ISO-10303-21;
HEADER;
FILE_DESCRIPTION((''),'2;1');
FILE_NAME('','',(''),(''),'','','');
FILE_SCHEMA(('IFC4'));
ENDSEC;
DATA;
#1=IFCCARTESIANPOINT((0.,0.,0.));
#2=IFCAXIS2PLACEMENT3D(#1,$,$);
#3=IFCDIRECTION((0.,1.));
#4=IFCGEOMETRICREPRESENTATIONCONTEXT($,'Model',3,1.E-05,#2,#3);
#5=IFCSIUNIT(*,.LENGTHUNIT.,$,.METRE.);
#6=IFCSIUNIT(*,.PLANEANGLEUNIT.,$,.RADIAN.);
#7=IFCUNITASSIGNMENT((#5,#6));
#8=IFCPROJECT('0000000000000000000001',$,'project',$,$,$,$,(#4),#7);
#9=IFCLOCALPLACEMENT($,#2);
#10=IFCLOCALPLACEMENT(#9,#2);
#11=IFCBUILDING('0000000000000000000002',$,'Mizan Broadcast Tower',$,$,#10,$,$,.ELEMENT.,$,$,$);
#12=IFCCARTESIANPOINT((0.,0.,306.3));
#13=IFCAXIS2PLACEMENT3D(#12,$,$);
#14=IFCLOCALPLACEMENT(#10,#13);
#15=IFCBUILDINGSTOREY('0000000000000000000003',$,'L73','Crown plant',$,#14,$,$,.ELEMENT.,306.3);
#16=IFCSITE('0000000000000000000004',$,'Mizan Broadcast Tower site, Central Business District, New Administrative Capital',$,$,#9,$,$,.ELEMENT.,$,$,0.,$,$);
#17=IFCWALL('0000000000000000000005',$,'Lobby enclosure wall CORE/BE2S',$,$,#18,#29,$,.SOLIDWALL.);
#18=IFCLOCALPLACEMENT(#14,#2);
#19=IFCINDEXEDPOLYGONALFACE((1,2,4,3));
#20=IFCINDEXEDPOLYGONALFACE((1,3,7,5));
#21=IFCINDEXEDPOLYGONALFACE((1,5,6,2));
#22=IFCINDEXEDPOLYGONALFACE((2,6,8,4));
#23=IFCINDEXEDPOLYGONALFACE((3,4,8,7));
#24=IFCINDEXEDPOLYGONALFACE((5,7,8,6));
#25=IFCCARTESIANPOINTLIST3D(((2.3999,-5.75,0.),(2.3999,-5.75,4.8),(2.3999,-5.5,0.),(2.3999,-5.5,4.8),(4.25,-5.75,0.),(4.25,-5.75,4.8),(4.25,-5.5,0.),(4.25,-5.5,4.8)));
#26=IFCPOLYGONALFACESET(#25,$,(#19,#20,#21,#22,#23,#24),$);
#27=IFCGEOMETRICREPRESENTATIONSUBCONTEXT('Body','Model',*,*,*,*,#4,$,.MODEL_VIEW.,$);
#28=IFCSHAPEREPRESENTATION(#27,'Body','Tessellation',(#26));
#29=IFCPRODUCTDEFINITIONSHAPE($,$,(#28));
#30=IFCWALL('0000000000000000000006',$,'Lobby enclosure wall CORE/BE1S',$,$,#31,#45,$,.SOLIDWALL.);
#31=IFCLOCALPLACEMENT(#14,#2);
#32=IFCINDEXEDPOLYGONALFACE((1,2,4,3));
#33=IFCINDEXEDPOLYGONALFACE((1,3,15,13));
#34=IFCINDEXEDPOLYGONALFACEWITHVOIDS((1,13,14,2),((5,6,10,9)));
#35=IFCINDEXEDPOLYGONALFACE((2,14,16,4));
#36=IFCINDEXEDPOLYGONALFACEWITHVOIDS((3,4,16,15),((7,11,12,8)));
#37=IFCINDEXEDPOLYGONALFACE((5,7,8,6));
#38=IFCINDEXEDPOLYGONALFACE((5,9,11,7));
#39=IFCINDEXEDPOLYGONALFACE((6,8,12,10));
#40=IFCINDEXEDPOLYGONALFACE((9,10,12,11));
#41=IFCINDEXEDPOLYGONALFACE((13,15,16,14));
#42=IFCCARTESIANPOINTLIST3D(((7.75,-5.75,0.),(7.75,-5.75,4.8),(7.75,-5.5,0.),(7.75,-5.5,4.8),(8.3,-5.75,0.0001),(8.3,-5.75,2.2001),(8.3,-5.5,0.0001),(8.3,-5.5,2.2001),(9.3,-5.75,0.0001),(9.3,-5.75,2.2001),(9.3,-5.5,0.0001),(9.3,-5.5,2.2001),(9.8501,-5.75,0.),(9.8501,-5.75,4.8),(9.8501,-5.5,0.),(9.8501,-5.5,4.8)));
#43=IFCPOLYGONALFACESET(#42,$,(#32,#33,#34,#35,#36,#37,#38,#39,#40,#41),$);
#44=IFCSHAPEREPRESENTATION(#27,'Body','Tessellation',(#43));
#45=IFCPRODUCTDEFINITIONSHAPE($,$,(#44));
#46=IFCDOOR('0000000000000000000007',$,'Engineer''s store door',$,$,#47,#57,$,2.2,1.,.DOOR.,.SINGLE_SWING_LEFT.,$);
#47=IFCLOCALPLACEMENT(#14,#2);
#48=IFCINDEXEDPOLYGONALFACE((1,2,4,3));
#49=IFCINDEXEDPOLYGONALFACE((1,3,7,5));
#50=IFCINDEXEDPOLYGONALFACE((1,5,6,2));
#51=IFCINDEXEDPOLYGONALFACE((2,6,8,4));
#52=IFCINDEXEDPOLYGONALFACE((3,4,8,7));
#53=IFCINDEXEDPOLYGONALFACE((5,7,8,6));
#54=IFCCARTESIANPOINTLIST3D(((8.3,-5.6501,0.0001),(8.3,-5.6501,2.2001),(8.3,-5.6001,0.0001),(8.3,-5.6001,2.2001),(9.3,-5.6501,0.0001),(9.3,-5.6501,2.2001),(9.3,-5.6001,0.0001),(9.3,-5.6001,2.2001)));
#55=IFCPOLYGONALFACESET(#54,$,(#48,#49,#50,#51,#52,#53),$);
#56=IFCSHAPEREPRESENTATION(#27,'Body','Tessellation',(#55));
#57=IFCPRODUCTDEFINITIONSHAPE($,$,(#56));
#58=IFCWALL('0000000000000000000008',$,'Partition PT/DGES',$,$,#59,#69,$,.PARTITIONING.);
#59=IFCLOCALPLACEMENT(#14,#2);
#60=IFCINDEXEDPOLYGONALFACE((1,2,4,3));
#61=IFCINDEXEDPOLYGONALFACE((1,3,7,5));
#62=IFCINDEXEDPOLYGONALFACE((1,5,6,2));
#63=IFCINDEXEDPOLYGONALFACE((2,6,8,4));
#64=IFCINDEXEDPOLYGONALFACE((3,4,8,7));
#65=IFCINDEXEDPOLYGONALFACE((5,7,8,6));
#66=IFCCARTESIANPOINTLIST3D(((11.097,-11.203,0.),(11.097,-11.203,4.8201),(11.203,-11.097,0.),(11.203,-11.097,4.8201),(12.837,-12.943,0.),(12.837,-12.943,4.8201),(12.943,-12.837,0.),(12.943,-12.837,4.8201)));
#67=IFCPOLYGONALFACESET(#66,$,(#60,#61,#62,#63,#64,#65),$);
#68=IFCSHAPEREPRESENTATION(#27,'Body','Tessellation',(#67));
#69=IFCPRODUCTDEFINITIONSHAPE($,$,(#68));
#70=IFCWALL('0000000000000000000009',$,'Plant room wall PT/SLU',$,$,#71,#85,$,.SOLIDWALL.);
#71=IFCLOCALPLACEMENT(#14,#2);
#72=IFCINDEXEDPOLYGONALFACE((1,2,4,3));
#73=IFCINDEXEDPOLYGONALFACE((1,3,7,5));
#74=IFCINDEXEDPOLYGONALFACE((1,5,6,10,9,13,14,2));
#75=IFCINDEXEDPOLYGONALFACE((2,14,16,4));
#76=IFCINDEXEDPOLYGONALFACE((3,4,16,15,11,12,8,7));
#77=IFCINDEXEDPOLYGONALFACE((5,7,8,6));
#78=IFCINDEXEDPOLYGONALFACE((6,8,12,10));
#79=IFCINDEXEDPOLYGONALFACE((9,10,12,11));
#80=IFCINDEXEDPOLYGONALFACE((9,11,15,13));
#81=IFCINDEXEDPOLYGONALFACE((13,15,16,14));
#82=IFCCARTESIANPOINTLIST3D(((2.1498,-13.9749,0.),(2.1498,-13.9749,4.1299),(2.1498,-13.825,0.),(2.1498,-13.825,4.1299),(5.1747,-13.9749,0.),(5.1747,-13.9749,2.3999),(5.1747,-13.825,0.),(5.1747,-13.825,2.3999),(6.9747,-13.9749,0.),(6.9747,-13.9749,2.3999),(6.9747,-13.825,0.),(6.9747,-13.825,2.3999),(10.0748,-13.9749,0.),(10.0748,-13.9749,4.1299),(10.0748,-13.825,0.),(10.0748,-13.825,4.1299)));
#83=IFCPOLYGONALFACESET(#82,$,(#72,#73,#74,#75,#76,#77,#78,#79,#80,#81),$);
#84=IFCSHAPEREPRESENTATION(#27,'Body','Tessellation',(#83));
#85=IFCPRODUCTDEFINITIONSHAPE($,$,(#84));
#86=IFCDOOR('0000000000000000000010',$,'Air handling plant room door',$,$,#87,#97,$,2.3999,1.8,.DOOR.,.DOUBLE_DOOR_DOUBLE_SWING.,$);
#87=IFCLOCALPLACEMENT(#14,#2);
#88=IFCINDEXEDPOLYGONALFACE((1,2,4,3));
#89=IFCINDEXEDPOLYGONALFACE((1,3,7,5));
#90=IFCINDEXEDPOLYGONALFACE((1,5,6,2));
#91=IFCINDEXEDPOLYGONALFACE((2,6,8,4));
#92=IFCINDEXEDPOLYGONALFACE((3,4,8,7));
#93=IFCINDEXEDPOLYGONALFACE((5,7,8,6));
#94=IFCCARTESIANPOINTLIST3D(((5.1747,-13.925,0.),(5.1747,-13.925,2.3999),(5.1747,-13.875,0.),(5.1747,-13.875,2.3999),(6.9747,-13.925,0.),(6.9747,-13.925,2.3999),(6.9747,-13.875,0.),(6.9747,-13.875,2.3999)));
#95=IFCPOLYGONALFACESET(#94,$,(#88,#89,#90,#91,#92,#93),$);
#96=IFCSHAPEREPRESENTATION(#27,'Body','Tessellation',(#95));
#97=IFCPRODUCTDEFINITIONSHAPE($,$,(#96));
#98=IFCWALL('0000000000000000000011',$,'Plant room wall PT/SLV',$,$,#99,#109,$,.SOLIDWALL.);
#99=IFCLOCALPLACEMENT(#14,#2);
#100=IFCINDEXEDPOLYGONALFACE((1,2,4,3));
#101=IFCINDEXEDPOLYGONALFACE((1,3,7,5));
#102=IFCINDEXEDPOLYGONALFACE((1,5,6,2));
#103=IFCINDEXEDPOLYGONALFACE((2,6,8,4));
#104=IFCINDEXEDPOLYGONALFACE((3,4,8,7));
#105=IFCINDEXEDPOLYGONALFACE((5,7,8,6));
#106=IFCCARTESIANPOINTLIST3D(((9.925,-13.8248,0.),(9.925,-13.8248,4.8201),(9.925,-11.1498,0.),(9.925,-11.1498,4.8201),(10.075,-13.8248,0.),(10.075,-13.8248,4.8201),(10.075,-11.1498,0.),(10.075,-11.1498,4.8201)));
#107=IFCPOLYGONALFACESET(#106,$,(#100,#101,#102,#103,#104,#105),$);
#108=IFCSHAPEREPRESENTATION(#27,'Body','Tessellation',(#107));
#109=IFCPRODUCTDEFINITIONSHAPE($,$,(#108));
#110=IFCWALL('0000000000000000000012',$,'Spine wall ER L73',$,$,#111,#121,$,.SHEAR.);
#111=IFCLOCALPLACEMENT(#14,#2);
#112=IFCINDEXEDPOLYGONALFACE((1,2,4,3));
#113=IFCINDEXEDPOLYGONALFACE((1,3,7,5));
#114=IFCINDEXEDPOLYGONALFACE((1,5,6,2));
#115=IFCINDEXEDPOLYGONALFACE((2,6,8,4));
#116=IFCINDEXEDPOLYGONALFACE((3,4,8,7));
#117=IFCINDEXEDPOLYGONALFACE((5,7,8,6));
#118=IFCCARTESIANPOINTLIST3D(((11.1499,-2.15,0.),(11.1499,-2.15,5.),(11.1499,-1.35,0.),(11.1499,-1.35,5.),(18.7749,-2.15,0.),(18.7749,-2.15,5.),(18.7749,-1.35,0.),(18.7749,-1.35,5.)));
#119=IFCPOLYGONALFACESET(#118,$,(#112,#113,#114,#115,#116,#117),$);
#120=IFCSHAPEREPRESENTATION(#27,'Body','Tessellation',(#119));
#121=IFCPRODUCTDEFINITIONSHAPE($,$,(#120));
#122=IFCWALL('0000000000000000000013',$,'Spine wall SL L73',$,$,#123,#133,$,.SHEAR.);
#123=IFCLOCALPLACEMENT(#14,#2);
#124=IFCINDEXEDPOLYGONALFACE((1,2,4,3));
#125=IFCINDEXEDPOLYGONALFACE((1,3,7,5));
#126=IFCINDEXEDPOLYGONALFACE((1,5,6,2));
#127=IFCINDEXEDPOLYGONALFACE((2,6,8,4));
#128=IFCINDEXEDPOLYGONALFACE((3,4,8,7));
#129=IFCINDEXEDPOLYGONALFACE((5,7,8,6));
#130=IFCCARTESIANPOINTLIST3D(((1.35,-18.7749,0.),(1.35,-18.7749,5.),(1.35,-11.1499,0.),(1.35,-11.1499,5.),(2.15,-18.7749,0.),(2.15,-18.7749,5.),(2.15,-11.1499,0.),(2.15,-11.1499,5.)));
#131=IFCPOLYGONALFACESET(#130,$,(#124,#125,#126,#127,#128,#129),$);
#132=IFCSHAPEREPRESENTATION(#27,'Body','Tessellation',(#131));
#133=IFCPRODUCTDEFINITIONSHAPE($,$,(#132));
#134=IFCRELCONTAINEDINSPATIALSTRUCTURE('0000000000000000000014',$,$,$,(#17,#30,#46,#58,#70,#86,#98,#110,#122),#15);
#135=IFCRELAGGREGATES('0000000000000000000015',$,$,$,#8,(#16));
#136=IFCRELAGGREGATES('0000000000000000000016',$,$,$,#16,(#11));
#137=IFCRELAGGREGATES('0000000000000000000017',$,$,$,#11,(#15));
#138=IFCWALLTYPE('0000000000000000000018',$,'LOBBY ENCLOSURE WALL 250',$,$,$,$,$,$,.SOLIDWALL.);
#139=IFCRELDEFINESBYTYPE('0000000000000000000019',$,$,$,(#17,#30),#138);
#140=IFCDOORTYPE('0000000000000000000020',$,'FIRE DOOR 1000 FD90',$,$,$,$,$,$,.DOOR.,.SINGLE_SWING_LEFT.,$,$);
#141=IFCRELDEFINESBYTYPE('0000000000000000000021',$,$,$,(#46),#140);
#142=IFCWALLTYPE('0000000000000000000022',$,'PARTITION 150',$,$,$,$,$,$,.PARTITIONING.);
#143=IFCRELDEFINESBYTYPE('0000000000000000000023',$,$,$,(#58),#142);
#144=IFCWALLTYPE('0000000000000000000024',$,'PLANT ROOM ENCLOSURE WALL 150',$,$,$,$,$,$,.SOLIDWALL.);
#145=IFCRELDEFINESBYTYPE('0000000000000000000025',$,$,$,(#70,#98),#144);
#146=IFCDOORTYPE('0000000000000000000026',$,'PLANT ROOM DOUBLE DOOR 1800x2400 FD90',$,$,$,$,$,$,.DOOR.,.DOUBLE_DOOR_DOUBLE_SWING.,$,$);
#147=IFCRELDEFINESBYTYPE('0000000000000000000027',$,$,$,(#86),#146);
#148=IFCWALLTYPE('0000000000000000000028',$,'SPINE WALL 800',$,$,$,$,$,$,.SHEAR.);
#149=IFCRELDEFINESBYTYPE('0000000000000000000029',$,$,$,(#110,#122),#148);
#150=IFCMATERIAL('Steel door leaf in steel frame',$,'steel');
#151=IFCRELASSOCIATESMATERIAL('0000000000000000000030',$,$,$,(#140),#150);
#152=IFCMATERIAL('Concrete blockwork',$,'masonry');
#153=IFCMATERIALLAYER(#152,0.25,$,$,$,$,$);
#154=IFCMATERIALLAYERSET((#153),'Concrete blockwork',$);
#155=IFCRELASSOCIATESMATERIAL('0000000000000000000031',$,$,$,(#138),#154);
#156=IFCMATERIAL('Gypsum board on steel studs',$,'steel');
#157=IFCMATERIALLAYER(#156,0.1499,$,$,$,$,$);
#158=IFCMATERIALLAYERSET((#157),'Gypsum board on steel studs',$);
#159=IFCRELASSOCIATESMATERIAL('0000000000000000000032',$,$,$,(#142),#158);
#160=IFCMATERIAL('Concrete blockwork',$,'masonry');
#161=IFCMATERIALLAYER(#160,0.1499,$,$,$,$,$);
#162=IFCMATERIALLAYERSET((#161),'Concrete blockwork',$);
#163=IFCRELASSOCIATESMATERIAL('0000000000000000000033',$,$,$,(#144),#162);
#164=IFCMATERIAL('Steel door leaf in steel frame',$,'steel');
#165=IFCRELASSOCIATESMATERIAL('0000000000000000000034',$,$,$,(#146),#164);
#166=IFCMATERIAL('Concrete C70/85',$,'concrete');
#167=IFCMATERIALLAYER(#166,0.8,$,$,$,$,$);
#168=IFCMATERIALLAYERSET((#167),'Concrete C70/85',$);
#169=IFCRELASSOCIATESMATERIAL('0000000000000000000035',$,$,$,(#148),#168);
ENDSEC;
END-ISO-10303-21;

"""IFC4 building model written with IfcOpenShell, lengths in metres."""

from ifc_helpers import new_model, si_unit, direction, frame, frame_2d, origin, place, context, subcontext, project, spatial, rectangle, extrude, material, layer, layer_set, type_object, element, fill, save


model = new_model("IFC4")

# Units and contexts
model_context = context("Model", 3, precision=1e-05, world=origin(), true_north=direction((0.0, 1.0)))
body_context = subcontext(model_context, "Body", "Model", "MODEL_VIEW")
ifc_project = project(units=[si_unit("LENGTHUNIT", "METRE"), si_unit("PLANEANGLEUNIT", "RADIAN")], contexts=[model_context])

# Site, building, storey
site_placement = place(None, origin())
site = spatial("IfcSite", under=ifc_project, at=site_placement, Name="Mizan Broadcast Tower site, Central Business District, New Administrative Capital", CompositionType="ELEMENT", RefElevation=0.0)
building_placement = place(site_placement, origin())
building = spatial("IfcBuilding", under=site, at=building_placement, Name="Mizan Broadcast Tower", CompositionType="ELEMENT")
storey_placement = place(building_placement, frame((0.0, 0.0, 306.3)))
storey = spatial("IfcBuildingStorey", under=building, at=storey_placement, Name="L73", Description="Crown plant", CompositionType="ELEMENT", Elevation=306.3)

# Shared definitions
ifc_material_1 = material(Name="Steel door leaf in steel frame", Category="steel")
door_type_1 = type_object("IfcDoorType", Name="FIRE DOOR 1000 FD90", OperationType="SINGLE_SWING_LEFT", PredefinedType="DOOR", material=ifc_material_1)

# Wall
ifc_material_2 = material(Name="Concrete blockwork", Category="masonry")
ifc_layer_1 = layer(ifc_material_2, 0.25)
ifc_layer_set_1 = layer_set([ifc_layer_1], Name="Concrete blockwork")
wall_type_1 = type_object("IfcWallType", Name="LOBBY ENCLOSURE WALL 250", PredefinedType="SOLIDWALL", material=ifc_layer_set_1)
wall_1_placement = place(storey_placement, frame((2.3999, -5.625, 0.0), z_axis=(0.0, 0.0, 1.0), x_axis=(1.0, 0.0, 0.0)))
element("IfcWall", 1, at=wall_1_placement, inside=storey, type_object=wall_type_1, Name="Lobby enclosure wall CORE/BE2S", PredefinedType="SOLIDWALL", context=body_context, shape_type="SweptSolid", body=[
    extrude(rectangle(XDim=1.8501, YDim=0.25, at=frame_2d((0.925, 0.0))), origin(), (0.0, 0.0, 1.0), 4.8),
])

# Wall, opening, door
wall_2_placement = place(storey_placement, frame((7.75, -5.625, 0.0), z_axis=(0.0, 0.0, 1.0), x_axis=(1.0, 0.0, 0.0)))
wall_2 = element("IfcWall", 2, at=wall_2_placement, inside=storey, type_object=wall_type_1, Name="Lobby enclosure wall CORE/BE1S", PredefinedType="SOLIDWALL", context=body_context, shape_type="SweptSolid", body=[
    extrude(rectangle(XDim=2.1001, YDim=0.25, at=frame_2d((1.05, 0.0))), origin(), (0.0, 0.0, 1.0), 4.8),
])
opening_1_placement = place(wall_2_placement, frame((0.55, 0.0, 0.0)))
opening_1 = element("IfcOpeningElement", 3, at=opening_1_placement, cuts=wall_2, PredefinedType="OPENING", context=body_context, shape_type="SweptSolid", body=[
    extrude(rectangle(XDim=1.0, YDim=2.2, at=frame_2d((0.5, 1.1001))), frame((0.0, 0.135, 0.0), z_axis=(0.0, -1.0, 0.0), x_axis=(1.0, 0.0, 0.0)), (0.0, 0.0, 1.0), 0.27),
])
door_1_placement = place(opening_1_placement, origin())
door_1 = element("IfcDoor", 4, at=door_1_placement, inside=storey, type_object=door_type_1, Name="Engineer's store door", OperationType="SINGLE_SWING_LEFT", OverallHeight=2.2, OverallWidth=1.0, PredefinedType="DOOR", context=body_context, shape_type="SweptSolid", body=[
    extrude(rectangle(XDim=1.0, YDim=2.2, at=frame_2d((0.5, 1.1001))), frame((0.0, 0.0249, 0.0), z_axis=(0.0, -1.0, 0.0), x_axis=(1.0, 0.0, 0.0)), (0.0, 0.0, 1.0), 0.05),
])
fill(opening_1, door_1)

# Wall
ifc_material_3 = material(Name="Gypsum board on steel studs", Category="steel")
ifc_layer_2 = layer(ifc_material_3, 0.1499)
ifc_layer_set_2 = layer_set([ifc_layer_2], Name="Gypsum board on steel studs")
wall_type_2 = type_object("IfcWallType", Name="PARTITION 150", PredefinedType="PARTITIONING", material=ifc_layer_set_2)
wall_3_placement = place(storey_placement, frame((11.1499, -11.1499, 0.0), z_axis=(0.0, 0.0, 1.0), x_axis=(0.707107, -0.707107, 0.0)))
element("IfcWall", 5, at=wall_3_placement, inside=storey, type_object=wall_type_2, Name="Partition PT/DGES", PredefinedType="PARTITIONING", context=body_context, shape_type="SweptSolid", body=[
    extrude(rectangle(XDim=2.4607, YDim=0.1499, at=frame_2d((1.2305, 0.0))), origin(), (0.0, 0.0, 1.0), 4.8201),
])

# Wall, opening, door
ifc_material_4 = material(Name="Concrete blockwork", Category="masonry")
ifc_layer_3 = layer(ifc_material_4, 0.1499)
ifc_layer_set_3 = layer_set([ifc_layer_3], Name="Concrete blockwork")
wall_type_3 = type_object("IfcWallType", Name="PLANT ROOM ENCLOSURE WALL 150", PredefinedType="SOLIDWALL", material=ifc_layer_set_3)
wall_4_placement = place(storey_placement, frame((2.1499, -13.8999, 0.0), z_axis=(0.0, 0.0, 1.0), x_axis=(1.0, 0.0, 0.0)))
wall_4 = element("IfcWall", 6, at=wall_4_placement, inside=storey, type_object=wall_type_3, Name="Plant room wall PT/SLU", PredefinedType="SOLIDWALL", context=body_context, shape_type="SweptSolid", body=[
    extrude(rectangle(XDim=7.925, YDim=0.1499, at=frame_2d((3.9624, 0.0))), origin(), (0.0, 0.0, 1.0), 4.1299),
])
opening_2_placement = place(wall_4_placement, frame((3.0249, 0.0, 0.0)))
opening_2 = element("IfcOpeningElement", 7, at=opening_2_placement, cuts=wall_4, PredefinedType="OPENING", context=body_context, shape_type="SweptSolid", body=[
    extrude(rectangle(XDim=1.8, YDim=2.3999, at=frame_2d((0.8999, 1.2))), frame((0.0, 0.085, 0.0), z_axis=(0.0, -1.0, 0.0), x_axis=(1.0, 0.0, 0.0)), (0.0, 0.0, 1.0), 0.1699),
])
ifc_material_5 = material(Name="Steel door leaf in steel frame", Category="steel")
door_type_2 = type_object("IfcDoorType", Name="PLANT ROOM DOUBLE DOOR 1800x2400 FD90", OperationType="DOUBLE_DOOR_DOUBLE_SWING", PredefinedType="DOOR", material=ifc_material_5)
door_2_placement = place(opening_2_placement, origin())
door_2 = element("IfcDoor", 8, at=door_2_placement, inside=storey, type_object=door_type_2, Name="Air handling plant room door", OperationType="DOUBLE_DOOR_DOUBLE_SWING", OverallHeight=2.3999, OverallWidth=1.8, PredefinedType="DOOR", context=body_context, shape_type="SweptSolid", body=[
    extrude(rectangle(XDim=1.8, YDim=2.3999, at=frame_2d((0.8999, 1.2))), frame((0.0, 0.0249, 0.0), z_axis=(0.0, -1.0, 0.0), x_axis=(1.0, 0.0, 0.0)), (0.0, 0.0, 1.0), 0.05),
])
fill(opening_2, door_2)

# Walls
wall_5_placement = place(storey_placement, frame((10.0, -11.1499, 0.0), z_axis=(0.0, 0.0, 1.0), x_axis=(0.0, -1.0, 0.0)))
element("IfcWall", 9, at=wall_5_placement, inside=storey, type_object=wall_type_3, Name="Plant room wall PT/SLV", PredefinedType="SOLIDWALL", context=body_context, shape_type="SweptSolid", body=[
    extrude(rectangle(XDim=2.675, YDim=0.1499, at=frame_2d((1.3374, 0.0))), origin(), (0.0, 0.0, 1.0), 4.8201),
])
ifc_material_6 = material(Name="Concrete C70/85", Category="concrete")
ifc_layer_4 = layer(ifc_material_6, 0.8)
ifc_layer_set_4 = layer_set([ifc_layer_4], Name="Concrete C70/85")
wall_type_4 = type_object("IfcWallType", Name="SPINE WALL 800", PredefinedType="SHEAR", material=ifc_layer_set_4)
for number, where, z_axis, x_axis, name in (
    (10, (11.1499, -1.75, 0.0), (0.0, 0.0, 1.0), (1.0, 0.0, 0.0), "Spine wall ER L73"),
    (11, (1.75, -11.1499, 0.0), (0.0, 0.0, 1.0), (0.0, -1.0, 0.0), "Spine wall SL L73"),
):
    element("IfcWall", number, at=place(storey_placement, frame(where, z_axis=z_axis, x_axis=x_axis)), inside=storey, type_object=wall_type_4, Name=name, PredefinedType="SHEAR", context=body_context, shape_type="SweptSolid", body=[
        extrude(rectangle(XDim=7.625, YDim=0.8, at=frame_2d((3.8125, 0.0))), origin(), (0.0, 0.0, 1.0), 5.0),
    ])

save(model, "model.ifc")
